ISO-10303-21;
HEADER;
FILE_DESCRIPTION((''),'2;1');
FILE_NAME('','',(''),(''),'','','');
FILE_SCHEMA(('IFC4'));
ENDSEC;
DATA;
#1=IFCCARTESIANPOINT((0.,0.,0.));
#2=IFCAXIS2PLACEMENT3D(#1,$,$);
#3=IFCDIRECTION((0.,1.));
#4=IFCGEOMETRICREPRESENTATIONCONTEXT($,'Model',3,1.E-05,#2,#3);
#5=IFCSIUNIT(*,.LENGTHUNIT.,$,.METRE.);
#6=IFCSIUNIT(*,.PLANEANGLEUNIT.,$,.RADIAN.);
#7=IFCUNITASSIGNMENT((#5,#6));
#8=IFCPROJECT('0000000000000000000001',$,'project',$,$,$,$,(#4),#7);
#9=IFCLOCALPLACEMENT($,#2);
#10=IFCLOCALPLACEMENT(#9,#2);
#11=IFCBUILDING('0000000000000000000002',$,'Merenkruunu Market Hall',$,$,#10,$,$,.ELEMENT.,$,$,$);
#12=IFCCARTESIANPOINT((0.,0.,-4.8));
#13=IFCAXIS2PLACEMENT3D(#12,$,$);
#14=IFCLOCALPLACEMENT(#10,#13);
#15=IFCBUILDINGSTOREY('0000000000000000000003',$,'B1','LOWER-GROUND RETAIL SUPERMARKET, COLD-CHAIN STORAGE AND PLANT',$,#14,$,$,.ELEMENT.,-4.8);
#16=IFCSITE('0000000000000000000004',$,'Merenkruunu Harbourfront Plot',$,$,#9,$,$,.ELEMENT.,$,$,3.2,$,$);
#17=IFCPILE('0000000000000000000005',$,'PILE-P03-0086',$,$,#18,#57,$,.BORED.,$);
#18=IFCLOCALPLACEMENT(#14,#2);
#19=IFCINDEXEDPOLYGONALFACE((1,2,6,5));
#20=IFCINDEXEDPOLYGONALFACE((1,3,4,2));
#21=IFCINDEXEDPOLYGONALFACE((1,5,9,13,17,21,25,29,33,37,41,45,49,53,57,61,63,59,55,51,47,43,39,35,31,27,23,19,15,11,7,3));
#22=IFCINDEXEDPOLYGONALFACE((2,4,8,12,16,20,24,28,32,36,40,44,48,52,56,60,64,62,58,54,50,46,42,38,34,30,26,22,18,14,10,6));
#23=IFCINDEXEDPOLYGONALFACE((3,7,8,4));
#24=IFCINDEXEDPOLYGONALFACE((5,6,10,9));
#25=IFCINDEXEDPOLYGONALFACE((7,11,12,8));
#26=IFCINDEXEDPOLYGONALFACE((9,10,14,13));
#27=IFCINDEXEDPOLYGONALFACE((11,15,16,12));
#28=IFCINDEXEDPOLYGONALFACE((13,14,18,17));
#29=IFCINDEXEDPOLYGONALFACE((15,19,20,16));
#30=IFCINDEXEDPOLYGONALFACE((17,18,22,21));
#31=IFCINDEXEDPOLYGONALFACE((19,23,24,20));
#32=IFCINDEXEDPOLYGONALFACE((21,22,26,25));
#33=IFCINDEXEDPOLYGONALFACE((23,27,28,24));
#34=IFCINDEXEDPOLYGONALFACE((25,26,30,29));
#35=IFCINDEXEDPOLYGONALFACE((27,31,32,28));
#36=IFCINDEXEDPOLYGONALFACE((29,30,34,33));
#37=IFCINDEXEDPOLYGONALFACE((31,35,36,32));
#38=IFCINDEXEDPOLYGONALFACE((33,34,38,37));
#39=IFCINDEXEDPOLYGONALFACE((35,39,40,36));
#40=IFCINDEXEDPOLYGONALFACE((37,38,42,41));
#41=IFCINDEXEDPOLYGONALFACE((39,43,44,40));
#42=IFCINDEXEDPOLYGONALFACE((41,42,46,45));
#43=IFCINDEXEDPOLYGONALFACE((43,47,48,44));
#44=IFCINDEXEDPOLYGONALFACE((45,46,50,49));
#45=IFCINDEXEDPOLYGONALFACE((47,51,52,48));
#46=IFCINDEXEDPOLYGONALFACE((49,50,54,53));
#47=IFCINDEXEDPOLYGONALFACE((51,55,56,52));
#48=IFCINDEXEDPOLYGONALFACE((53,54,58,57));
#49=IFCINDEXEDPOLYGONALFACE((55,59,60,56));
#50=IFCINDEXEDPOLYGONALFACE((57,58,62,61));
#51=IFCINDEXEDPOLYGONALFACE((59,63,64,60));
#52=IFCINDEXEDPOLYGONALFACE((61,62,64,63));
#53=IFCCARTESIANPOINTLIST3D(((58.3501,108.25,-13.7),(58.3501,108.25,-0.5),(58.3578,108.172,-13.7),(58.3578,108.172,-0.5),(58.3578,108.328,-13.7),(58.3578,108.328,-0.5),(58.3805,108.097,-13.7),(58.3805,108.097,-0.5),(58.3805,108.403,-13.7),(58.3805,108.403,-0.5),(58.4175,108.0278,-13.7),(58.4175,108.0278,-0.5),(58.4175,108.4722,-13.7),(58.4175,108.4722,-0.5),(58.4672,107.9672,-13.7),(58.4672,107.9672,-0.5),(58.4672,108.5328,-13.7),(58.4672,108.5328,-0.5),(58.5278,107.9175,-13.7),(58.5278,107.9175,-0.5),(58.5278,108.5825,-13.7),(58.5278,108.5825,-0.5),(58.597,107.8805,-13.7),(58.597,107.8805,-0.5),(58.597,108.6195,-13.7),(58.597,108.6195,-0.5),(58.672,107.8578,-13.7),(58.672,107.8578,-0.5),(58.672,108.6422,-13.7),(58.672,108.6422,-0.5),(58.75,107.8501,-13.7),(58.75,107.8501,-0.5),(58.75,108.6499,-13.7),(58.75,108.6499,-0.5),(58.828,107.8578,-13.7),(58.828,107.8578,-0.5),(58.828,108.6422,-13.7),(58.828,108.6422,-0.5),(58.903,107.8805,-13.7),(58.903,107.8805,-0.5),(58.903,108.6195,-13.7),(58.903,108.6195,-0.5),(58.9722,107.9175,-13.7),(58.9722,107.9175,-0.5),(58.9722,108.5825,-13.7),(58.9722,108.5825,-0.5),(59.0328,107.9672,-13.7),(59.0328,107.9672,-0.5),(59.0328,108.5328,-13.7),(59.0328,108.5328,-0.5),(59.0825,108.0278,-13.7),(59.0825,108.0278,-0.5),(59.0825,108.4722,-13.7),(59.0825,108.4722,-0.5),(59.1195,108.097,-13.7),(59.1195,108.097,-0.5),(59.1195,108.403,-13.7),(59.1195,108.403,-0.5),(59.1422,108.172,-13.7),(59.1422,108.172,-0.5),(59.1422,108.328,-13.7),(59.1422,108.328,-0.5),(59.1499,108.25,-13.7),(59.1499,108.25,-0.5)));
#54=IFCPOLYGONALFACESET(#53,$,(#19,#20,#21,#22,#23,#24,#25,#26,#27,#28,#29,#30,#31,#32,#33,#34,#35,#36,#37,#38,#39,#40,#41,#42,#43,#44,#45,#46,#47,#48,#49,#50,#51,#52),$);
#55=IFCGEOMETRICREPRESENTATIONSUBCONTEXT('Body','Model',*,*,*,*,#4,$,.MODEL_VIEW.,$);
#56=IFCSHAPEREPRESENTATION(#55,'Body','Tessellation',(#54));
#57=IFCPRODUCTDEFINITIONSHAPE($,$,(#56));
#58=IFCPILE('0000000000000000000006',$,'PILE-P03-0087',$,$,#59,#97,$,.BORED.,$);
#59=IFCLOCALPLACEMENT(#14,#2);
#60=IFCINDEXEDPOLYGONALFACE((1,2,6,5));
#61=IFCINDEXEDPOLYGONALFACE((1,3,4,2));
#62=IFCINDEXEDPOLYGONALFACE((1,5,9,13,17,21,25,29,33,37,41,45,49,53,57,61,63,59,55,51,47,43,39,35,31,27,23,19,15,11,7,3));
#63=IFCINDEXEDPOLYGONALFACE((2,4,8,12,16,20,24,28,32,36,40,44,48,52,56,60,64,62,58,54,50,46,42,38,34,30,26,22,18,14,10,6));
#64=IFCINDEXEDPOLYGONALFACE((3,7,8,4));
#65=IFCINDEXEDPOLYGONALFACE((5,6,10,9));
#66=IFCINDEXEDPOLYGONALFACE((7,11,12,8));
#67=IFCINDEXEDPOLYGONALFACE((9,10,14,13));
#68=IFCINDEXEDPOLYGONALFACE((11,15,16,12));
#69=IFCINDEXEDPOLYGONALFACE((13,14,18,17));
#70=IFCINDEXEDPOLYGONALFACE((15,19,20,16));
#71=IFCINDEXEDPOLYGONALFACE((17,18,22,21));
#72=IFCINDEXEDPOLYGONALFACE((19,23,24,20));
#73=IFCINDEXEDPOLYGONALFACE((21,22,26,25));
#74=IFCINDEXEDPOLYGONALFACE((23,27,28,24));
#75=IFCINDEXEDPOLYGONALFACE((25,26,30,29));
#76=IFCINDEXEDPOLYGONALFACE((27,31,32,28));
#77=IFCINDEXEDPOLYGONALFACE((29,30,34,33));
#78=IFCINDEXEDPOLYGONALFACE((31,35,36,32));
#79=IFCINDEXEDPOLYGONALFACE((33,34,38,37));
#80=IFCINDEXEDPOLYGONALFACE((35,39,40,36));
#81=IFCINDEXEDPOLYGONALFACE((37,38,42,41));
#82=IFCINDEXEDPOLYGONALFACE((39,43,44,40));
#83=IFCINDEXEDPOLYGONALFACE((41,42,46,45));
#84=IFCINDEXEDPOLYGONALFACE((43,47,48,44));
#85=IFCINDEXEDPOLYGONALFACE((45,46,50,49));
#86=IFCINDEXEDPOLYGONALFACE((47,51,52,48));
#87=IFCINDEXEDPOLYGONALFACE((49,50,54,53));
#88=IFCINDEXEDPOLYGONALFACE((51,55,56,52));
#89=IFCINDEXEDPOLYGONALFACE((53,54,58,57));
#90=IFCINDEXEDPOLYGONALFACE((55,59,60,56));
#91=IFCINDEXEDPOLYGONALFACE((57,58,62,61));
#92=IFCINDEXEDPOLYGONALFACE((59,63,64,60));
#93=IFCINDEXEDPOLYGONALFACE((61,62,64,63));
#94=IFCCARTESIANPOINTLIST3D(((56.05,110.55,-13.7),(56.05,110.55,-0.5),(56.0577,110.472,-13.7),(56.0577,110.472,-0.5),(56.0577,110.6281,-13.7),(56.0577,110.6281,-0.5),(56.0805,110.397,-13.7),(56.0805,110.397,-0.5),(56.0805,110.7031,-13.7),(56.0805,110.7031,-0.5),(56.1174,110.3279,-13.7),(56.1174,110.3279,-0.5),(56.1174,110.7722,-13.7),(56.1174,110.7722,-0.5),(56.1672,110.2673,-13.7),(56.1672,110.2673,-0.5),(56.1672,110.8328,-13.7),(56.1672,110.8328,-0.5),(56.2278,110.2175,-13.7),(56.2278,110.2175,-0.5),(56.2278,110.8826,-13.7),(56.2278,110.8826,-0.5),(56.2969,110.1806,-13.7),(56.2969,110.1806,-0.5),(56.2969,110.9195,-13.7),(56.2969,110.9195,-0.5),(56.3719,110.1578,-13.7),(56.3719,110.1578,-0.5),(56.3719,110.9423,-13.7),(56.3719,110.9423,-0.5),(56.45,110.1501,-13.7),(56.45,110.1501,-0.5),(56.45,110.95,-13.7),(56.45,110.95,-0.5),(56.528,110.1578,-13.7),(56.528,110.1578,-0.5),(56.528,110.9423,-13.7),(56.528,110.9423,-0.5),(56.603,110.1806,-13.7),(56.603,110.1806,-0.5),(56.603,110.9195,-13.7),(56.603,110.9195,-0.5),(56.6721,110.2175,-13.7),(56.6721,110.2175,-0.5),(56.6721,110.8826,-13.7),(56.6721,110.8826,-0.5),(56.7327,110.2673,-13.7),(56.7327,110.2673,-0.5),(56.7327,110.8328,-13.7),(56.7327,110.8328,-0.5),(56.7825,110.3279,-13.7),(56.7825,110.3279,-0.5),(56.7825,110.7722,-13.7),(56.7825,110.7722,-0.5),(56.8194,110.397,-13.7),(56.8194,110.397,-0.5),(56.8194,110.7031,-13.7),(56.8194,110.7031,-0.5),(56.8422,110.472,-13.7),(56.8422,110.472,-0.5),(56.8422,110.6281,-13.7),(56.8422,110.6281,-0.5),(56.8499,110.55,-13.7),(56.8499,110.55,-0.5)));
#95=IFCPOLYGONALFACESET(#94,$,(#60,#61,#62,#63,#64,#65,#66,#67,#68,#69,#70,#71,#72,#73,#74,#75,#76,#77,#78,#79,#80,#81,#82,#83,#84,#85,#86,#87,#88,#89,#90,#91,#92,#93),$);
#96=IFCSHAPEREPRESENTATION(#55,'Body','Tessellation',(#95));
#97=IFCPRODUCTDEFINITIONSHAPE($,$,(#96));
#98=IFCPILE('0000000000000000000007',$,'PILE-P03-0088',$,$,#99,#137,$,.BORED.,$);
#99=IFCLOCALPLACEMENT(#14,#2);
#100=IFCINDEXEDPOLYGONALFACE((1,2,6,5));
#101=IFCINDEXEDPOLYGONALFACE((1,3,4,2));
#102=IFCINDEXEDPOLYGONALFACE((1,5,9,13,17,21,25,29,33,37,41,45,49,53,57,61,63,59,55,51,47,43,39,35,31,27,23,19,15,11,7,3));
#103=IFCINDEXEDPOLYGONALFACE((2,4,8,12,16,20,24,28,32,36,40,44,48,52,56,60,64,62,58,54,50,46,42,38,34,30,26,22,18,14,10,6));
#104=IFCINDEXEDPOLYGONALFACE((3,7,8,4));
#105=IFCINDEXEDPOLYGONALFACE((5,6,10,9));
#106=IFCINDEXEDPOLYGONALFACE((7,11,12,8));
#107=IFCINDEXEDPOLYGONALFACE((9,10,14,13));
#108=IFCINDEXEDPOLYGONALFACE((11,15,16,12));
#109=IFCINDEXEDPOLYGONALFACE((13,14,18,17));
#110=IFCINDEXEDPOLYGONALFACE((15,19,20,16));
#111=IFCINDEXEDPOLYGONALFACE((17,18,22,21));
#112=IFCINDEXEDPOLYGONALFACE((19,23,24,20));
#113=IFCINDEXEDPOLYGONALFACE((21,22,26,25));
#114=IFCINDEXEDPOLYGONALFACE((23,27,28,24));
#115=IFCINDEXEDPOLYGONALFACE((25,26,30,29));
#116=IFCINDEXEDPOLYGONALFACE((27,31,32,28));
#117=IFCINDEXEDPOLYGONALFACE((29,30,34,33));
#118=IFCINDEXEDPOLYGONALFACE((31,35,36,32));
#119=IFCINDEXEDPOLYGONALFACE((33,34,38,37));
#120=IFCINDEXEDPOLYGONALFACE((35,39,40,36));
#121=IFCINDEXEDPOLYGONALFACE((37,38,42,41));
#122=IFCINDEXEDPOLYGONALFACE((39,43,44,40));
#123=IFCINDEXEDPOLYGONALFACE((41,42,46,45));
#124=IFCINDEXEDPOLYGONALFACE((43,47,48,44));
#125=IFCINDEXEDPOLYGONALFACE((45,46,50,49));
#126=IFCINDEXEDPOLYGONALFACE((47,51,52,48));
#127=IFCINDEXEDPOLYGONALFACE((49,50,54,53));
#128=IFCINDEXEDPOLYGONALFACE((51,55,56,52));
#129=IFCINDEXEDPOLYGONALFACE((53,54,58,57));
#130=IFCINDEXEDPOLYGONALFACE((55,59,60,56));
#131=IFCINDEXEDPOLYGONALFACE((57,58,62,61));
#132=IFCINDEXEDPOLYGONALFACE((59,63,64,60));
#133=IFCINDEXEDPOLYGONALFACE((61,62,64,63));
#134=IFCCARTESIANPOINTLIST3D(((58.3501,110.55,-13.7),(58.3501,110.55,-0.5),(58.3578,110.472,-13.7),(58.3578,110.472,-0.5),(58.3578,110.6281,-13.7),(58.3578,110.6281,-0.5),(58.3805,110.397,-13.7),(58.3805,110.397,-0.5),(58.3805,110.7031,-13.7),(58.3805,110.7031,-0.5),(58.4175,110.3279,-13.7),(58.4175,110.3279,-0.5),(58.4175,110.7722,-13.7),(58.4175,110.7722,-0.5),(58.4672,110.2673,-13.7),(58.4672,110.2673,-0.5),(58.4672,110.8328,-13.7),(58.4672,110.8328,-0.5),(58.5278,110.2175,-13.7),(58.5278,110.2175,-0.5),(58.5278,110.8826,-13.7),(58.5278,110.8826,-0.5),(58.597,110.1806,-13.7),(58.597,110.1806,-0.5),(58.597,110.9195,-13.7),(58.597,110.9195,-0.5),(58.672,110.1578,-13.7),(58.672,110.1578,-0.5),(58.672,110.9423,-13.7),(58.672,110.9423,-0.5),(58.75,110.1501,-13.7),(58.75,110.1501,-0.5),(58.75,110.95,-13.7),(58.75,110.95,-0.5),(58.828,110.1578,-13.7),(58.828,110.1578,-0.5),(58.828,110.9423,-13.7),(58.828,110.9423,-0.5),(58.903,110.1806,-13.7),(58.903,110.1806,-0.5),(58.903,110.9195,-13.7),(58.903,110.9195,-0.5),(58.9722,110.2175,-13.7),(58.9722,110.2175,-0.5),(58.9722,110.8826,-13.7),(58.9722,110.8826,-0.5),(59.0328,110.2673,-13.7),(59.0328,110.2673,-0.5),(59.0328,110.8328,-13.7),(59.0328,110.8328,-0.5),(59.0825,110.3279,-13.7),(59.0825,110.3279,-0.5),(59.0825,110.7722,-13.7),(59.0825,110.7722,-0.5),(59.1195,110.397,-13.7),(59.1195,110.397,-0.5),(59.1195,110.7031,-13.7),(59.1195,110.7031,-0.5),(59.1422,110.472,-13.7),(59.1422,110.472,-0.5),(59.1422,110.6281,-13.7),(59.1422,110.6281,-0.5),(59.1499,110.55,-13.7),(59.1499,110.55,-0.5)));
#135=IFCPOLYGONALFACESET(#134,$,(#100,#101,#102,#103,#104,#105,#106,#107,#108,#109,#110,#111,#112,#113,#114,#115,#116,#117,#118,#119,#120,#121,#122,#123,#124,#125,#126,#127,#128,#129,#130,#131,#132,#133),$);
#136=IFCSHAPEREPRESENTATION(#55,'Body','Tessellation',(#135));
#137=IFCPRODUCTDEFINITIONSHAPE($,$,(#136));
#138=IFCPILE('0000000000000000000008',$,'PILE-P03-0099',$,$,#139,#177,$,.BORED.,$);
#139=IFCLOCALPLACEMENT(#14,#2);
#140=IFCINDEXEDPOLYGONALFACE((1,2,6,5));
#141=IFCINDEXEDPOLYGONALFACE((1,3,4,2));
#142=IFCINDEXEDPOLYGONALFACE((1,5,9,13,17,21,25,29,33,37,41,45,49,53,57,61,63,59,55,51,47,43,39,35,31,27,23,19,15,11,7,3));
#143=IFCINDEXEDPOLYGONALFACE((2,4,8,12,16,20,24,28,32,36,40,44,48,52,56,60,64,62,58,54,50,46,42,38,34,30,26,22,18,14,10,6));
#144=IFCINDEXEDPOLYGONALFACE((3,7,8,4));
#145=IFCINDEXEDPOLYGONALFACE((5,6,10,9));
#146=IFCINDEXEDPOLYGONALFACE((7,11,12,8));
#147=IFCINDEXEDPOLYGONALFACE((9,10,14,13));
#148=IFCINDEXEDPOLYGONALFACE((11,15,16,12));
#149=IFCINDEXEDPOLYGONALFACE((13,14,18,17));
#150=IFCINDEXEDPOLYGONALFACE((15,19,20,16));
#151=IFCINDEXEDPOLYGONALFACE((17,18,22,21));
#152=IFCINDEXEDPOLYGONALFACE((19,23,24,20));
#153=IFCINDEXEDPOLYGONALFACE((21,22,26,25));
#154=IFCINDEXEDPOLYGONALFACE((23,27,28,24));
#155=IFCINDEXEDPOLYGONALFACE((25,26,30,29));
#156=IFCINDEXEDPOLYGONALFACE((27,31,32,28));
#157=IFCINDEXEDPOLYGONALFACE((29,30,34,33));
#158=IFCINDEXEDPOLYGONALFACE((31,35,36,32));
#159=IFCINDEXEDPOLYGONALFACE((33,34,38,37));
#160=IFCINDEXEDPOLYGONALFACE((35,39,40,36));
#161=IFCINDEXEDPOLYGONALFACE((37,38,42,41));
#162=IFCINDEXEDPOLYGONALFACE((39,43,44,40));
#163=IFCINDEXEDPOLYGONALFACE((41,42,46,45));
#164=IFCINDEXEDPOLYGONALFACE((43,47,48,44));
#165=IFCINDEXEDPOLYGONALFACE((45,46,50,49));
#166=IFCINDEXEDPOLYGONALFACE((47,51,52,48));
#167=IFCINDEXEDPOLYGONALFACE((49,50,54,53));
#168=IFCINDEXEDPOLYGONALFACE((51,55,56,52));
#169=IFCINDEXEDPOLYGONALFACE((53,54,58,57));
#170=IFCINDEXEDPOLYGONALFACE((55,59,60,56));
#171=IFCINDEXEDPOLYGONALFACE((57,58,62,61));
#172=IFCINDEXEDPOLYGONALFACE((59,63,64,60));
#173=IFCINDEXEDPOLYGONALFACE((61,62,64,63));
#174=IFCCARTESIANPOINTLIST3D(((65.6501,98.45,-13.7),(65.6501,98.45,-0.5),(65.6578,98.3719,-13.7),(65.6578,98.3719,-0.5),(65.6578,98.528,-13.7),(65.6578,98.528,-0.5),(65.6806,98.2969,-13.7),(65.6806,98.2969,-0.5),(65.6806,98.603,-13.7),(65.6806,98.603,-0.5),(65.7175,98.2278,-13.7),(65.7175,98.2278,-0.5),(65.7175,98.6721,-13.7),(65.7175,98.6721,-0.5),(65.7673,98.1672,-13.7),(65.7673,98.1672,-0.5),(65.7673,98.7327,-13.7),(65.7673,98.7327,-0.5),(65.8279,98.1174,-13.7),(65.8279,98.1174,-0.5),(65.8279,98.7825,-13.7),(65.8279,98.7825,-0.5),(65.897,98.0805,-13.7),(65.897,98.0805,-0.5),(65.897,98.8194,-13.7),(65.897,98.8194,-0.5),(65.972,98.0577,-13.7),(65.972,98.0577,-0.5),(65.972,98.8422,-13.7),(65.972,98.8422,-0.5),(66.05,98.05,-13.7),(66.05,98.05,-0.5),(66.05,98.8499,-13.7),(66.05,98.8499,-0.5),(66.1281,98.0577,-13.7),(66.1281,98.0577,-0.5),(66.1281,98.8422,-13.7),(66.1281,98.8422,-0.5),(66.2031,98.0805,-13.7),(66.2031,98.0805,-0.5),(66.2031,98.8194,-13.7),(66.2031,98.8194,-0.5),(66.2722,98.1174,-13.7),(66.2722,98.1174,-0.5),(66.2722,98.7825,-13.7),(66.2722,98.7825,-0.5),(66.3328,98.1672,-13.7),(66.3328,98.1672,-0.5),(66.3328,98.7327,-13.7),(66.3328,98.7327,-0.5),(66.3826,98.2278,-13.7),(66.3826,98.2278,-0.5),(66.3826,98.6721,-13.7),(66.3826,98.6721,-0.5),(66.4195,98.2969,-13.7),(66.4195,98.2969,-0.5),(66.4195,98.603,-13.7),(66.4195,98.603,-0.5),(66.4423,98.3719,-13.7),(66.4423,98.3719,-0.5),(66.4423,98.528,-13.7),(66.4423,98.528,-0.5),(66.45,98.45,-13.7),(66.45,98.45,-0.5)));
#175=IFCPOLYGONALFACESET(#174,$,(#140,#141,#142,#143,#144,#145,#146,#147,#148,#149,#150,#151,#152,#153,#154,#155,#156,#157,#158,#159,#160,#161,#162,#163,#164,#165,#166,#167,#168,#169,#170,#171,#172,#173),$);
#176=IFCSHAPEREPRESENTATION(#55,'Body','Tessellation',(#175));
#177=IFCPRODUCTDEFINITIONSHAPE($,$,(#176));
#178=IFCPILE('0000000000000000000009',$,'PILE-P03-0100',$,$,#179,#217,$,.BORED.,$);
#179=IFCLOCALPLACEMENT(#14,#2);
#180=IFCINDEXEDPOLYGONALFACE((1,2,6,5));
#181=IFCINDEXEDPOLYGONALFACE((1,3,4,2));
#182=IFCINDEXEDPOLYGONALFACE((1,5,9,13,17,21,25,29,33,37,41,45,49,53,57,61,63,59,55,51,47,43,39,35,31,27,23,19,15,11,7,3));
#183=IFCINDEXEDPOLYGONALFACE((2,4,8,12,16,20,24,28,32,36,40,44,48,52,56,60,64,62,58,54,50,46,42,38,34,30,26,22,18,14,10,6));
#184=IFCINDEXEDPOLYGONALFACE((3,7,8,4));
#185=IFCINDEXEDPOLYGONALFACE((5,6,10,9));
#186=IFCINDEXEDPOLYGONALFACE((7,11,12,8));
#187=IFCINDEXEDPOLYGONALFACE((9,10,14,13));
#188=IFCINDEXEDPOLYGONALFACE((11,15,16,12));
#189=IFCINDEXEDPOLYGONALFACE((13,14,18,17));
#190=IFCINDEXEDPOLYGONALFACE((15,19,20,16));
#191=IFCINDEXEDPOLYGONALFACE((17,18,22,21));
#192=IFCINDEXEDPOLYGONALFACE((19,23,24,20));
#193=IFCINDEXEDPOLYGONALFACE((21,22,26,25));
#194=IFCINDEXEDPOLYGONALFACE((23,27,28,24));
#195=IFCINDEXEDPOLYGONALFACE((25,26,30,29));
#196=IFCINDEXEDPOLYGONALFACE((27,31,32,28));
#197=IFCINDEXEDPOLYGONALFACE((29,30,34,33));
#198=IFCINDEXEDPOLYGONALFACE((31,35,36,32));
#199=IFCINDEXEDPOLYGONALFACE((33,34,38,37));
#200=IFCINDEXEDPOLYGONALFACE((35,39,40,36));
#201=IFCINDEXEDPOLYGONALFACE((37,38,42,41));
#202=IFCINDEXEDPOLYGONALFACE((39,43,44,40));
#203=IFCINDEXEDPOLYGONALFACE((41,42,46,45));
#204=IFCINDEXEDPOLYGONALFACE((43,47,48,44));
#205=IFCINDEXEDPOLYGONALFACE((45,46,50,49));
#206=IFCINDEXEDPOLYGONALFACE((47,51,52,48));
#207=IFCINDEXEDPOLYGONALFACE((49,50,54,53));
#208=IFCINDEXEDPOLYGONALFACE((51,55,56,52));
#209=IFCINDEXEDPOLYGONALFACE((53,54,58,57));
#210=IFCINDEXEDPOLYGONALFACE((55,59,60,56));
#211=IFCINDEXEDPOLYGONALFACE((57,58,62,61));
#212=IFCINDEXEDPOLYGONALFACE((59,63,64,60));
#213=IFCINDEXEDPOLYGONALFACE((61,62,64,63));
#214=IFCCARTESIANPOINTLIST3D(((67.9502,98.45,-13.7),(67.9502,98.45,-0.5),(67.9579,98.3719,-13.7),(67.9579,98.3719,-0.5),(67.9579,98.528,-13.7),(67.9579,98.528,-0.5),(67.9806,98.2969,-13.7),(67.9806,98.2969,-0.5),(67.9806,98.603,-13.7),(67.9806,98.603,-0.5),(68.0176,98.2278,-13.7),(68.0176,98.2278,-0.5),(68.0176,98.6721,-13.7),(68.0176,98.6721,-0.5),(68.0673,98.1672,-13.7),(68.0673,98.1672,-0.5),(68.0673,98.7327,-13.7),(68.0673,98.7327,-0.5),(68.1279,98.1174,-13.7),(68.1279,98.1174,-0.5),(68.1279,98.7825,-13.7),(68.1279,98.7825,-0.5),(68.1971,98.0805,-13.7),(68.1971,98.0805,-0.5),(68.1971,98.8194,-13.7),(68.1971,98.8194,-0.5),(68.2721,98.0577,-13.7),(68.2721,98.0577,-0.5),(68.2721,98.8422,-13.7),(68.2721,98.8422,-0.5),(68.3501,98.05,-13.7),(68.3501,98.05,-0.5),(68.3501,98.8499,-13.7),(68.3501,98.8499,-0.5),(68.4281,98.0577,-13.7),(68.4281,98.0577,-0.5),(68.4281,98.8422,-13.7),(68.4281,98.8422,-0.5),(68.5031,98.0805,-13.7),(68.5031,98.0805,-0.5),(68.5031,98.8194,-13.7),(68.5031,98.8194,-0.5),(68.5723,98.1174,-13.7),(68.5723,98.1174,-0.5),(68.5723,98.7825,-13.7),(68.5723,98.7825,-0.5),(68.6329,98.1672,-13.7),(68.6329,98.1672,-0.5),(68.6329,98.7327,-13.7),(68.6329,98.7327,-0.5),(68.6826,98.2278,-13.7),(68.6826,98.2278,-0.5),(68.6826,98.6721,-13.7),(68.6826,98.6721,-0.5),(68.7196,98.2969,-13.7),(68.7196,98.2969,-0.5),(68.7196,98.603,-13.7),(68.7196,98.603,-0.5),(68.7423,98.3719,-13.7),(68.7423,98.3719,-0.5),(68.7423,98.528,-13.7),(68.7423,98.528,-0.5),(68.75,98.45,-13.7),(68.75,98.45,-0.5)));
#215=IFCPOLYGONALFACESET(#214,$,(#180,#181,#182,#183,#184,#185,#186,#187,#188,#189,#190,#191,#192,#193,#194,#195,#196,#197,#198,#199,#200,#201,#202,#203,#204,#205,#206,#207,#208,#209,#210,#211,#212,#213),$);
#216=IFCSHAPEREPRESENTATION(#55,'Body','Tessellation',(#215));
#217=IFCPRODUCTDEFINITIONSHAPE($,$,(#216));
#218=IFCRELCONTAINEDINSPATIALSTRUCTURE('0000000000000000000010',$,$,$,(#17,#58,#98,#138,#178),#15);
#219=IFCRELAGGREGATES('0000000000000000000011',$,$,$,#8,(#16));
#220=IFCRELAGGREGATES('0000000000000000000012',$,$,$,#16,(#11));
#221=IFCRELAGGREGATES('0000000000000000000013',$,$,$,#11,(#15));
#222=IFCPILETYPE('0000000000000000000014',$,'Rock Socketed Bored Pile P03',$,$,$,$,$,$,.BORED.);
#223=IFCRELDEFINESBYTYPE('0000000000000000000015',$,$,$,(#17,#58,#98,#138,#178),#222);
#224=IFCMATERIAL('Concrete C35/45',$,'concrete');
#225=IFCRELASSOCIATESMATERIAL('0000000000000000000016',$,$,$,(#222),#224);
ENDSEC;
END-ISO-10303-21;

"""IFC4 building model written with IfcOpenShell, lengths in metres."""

from ifc_helpers import new_model, si_unit, direction, frame, origin, origin_2d, place, context, subcontext, project, spatial, circle, extrude, material, material_profile, profile_set, type_object, element, save


model = new_model("IFC4")

# Units and contexts
model_context = context("Model", 3, precision=1e-05, world=origin(), true_north=direction((0.0, 1.0)))
body_context = subcontext(model_context, "Body", "Model", "MODEL_VIEW")
ifc_project = project(units=[si_unit("LENGTHUNIT", "METRE"), si_unit("PLANEANGLEUNIT", "RADIAN")], contexts=[model_context])

# Site, building, storey
site_placement = place(None, origin())
site = spatial("IfcSite", under=ifc_project, at=site_placement, Name="Merenkruunu Harbourfront Plot", CompositionType="ELEMENT", RefElevation=3.2)
building_placement = place(site_placement, origin())
building = spatial("IfcBuilding", under=site, at=building_placement, Name="Merenkruunu Market Hall", CompositionType="ELEMENT")
storey_placement = place(building_placement, frame((0.0, 0.0, -4.8)))
storey = spatial("IfcBuildingStorey", under=building, at=storey_placement, Name="B1", Description="LOWER-GROUND RETAIL SUPERMARKET, COLD-CHAIN STORAGE AND PLANT", CompositionType="ELEMENT", Elevation=-4.8)

# Piles
ifc_material_1 = material(Name="Concrete C35/45", Category="concrete")
ifc_material_profile_1 = material_profile(ifc_material_1, circle(Radius=0.3999, at=origin_2d()), Name="BORED PILE 800")
ifc_profile_set_1 = profile_set([ifc_material_profile_1], Name="Concrete C35/45")
pile_type_1 = type_object("IfcPileType", Name="Rock Socketed Bored Pile P03", PredefinedType="BORED", material=ifc_profile_set_1)
for number, where, z_axis, x_axis, name in (
    (1, (58.75, 108.25, -0.5), (0.0, 0.0, -1.0), (1.0, 0.0, 0.0), "PILE-P03-0086"),
    (2, (56.45, 110.55, -0.5), (0.0, 0.0, -1.0), (1.0, 0.0, 0.0), "PILE-P03-0087"),
    (3, (58.75, 110.55, -0.5), (0.0, 0.0, -1.0), (1.0, 0.0, 0.0), "PILE-P03-0088"),
    (4, (66.05, 98.45, -0.5), (0.0, 0.0, -1.0), (1.0, 0.0, 0.0), "PILE-P03-0099"),
    (5, (68.3501, 98.45, -0.5), (0.0, 0.0, -1.0), (1.0, 0.0, 0.0), "PILE-P03-0100"),
):
    element("IfcPile", number, at=place(storey_placement, frame(where, z_axis=z_axis, x_axis=x_axis)), inside=storey, type_object=pile_type_1, Name=name, PredefinedType="BORED", context=body_context, shape_type="SweptSolid", body=[
        extrude(circle(Radius=0.3999, at=origin_2d()), origin(), (0.0, 0.0, 1.0), 13.2),
    ])

save(model, "model.ifc")
